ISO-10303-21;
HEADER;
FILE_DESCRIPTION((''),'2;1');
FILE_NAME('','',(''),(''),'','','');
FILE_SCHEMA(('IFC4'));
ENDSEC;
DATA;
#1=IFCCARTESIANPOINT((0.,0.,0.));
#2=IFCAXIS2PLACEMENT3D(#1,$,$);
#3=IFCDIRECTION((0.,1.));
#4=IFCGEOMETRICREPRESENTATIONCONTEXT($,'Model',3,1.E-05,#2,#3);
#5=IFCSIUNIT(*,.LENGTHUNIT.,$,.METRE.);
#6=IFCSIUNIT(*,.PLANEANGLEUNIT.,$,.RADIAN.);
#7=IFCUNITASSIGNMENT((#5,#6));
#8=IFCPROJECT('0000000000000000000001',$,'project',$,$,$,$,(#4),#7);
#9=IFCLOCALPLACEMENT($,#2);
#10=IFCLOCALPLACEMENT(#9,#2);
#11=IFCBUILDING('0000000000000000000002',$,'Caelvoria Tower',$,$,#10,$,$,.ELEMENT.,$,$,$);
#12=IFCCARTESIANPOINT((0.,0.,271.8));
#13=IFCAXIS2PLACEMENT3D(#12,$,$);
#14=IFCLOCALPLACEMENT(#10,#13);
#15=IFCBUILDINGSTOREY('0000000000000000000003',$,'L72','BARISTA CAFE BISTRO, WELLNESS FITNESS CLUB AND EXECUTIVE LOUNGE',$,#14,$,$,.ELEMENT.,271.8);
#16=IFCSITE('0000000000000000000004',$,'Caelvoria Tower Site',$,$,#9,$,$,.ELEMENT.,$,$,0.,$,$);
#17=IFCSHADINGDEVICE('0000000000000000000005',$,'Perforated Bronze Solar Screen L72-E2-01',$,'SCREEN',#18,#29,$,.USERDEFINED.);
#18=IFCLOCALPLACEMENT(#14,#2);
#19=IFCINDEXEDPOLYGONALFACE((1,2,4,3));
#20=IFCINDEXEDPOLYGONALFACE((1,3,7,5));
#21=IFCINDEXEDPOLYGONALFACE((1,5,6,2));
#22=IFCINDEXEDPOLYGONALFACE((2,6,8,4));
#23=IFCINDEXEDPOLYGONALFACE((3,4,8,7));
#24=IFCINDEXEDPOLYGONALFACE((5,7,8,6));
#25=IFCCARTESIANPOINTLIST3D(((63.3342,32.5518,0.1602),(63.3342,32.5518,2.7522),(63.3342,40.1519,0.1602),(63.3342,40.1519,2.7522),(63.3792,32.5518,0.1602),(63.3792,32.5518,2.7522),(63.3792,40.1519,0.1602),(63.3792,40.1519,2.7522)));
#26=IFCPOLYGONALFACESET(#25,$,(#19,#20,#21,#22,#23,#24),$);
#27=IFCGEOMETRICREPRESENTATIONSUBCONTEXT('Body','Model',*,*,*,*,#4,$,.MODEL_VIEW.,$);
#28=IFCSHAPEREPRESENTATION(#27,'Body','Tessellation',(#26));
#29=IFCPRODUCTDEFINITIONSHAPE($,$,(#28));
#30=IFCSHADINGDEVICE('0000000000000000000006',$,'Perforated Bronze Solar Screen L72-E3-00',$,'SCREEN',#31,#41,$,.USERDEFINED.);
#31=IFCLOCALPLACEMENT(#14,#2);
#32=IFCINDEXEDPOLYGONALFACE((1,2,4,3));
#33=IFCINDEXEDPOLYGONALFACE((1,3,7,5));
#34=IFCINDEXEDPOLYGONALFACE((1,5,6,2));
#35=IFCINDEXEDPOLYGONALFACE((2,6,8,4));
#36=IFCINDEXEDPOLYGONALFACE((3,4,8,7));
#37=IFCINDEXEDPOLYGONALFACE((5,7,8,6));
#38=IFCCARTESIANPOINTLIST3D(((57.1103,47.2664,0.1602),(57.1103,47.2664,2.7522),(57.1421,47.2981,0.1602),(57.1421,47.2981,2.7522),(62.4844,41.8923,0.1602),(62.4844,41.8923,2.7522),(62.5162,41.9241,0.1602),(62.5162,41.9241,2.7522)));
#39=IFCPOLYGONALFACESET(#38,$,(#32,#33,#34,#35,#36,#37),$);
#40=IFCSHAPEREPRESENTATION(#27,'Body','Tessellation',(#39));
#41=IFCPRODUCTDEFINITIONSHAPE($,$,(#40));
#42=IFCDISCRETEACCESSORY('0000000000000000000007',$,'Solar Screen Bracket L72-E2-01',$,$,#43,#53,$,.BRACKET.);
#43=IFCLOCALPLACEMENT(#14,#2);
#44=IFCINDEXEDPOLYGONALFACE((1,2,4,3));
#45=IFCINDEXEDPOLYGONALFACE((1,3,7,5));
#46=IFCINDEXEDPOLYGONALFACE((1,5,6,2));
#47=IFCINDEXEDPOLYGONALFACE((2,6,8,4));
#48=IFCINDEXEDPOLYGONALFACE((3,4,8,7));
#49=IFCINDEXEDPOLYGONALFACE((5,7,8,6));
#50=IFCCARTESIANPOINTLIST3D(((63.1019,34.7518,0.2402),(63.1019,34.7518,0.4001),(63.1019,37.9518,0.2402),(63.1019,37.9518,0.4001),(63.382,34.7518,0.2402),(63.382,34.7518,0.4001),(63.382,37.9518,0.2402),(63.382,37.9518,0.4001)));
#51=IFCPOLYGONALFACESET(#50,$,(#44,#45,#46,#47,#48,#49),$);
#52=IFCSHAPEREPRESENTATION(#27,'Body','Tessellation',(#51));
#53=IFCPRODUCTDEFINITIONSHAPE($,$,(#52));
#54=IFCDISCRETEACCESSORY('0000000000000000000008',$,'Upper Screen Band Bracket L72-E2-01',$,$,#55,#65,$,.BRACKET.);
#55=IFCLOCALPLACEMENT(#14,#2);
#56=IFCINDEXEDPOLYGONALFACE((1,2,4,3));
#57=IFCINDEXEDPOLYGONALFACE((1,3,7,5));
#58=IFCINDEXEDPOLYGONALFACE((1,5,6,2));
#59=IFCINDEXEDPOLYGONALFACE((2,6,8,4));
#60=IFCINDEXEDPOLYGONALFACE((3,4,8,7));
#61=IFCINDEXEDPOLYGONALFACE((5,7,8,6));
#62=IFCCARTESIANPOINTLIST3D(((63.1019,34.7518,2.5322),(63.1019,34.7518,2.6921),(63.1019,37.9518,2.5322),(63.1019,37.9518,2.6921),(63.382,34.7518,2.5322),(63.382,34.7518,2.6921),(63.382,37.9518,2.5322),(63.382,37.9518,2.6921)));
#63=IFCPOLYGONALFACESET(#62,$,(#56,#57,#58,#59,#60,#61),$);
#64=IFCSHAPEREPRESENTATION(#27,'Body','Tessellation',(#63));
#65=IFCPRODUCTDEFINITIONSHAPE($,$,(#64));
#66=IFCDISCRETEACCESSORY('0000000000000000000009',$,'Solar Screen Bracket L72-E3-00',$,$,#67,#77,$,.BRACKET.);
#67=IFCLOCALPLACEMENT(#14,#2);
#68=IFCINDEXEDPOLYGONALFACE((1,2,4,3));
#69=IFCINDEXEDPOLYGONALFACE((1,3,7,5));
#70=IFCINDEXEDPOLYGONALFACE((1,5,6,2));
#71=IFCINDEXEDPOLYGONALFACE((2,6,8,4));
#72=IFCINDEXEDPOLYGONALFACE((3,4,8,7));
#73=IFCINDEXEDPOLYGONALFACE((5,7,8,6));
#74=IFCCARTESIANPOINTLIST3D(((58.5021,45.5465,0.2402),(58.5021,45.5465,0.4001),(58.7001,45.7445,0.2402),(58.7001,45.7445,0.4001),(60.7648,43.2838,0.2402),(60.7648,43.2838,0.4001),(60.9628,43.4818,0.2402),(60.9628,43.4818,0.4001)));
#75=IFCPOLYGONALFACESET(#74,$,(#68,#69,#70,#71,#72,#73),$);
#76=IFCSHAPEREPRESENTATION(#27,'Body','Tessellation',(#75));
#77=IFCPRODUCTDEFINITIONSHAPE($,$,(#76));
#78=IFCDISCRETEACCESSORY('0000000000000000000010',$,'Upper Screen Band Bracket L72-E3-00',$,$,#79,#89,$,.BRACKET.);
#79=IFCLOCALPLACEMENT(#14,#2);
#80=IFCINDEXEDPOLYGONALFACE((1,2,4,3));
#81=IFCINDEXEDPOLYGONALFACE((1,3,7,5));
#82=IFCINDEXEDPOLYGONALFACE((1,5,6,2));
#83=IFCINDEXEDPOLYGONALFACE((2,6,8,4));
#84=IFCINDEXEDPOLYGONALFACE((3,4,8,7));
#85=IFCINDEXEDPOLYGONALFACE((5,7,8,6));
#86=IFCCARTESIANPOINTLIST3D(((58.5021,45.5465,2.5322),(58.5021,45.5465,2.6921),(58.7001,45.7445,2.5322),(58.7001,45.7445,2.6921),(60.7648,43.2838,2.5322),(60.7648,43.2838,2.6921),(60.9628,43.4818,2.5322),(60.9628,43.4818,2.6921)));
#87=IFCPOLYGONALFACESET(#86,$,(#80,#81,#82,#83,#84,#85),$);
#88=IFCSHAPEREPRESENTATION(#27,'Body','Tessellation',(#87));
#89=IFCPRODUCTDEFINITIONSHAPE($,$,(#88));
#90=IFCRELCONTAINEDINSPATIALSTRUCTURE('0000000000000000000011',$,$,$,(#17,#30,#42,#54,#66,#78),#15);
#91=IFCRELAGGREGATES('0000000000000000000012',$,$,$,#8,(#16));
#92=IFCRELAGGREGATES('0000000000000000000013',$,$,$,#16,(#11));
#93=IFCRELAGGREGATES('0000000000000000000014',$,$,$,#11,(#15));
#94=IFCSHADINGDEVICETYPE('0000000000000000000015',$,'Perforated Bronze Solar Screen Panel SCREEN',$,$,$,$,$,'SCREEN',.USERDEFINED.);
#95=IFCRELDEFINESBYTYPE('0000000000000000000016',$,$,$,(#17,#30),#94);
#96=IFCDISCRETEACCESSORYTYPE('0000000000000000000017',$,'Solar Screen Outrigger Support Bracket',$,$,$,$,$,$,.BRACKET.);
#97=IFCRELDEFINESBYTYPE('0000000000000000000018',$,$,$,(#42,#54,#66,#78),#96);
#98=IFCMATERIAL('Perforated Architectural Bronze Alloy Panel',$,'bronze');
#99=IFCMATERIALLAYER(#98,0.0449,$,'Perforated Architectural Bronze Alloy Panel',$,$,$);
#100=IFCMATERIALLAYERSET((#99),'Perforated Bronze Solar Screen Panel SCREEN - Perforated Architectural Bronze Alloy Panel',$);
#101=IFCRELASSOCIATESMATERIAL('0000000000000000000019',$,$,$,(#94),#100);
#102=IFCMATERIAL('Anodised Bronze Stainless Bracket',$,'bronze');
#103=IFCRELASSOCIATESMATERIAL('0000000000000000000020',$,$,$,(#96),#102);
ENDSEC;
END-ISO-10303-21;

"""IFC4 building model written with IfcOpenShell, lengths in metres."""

from ifc_helpers import new_model, si_unit, direction, frame, origin, origin_2d, place, context, subcontext, project, spatial, rectangle, extrude, material, layer, layer_set, type_object, element, save


model = new_model("IFC4")

# Units and contexts
model_context = context("Model", 3, precision=1e-05, world=origin(), true_north=direction((0.0, 1.0)))
body_context = subcontext(model_context, "Body", "Model", "MODEL_VIEW")
ifc_project = project(units=[si_unit("LENGTHUNIT", "METRE"), si_unit("PLANEANGLEUNIT", "RADIAN")], contexts=[model_context])

# Site, building, storey
site_placement = place(None, origin())
site = spatial("IfcSite", under=ifc_project, at=site_placement, Name="Caelvoria Tower Site", CompositionType="ELEMENT", RefElevation=0.0)
building_placement = place(site_placement, origin())
building = spatial("IfcBuilding", under=site, at=building_placement, Name="Caelvoria Tower", CompositionType="ELEMENT")
storey_placement = place(building_placement, frame((0.0, 0.0, 271.8)))
storey = spatial("IfcBuildingStorey", under=building, at=storey_placement, Name="L72", Description="BARISTA CAFE BISTRO, WELLNESS FITNESS CLUB AND EXECUTIVE LOUNGE", CompositionType="ELEMENT", Elevation=271.8)

# Shading devices
ifc_material_1 = material(Name="Perforated Architectural Bronze Alloy Panel", Category="bronze")
ifc_layer_1 = layer(ifc_material_1, 0.0449, Name="Perforated Architectural Bronze Alloy Panel")
ifc_layer_set_1 = layer_set([ifc_layer_1], Name="Perforated Bronze Solar Screen Panel SCREEN - Perforated Architectural Bronze Alloy Panel")
shading_device_type = type_object("IfcShadingDeviceType", Name="Perforated Bronze Solar Screen Panel SCREEN", ElementType="SCREEN", PredefinedType="USERDEFINED", material=ifc_layer_set_1)
for number, where, z_axis, x_axis, name in (
    (1, (63.3567, 36.3518, 0.1602), (0.0, 0.0, 1.0), (0.0, 1.0, 0.0), "Perforated Bronze Solar Screen L72-E2-01"),
    (2, (59.8132, 44.5952, 0.1602), (0.0, 0.0, 1.0), (-0.707107, 0.707107, 0.0), "Perforated Bronze Solar Screen L72-E3-00"),
):
    element("IfcShadingDevice", number, at=place(storey_placement, frame(where, z_axis=z_axis, x_axis=x_axis)), inside=storey, type_object=shading_device_type, Name=name, ObjectType="SCREEN", PredefinedType="USERDEFINED", context=body_context, shape_type="SweptSolid", body=[
        extrude(rectangle(XDim=7.6001, YDim=0.0449, at=origin_2d()), origin(), (0.0, 0.0, 1.0), 2.592),
    ])

# Discrete accessories
ifc_material_2 = material(Name="Anodised Bronze Stainless Bracket", Category="bronze")
discrete_accessory_type = type_object("IfcDiscreteAccessoryType", Name="Solar Screen Outrigger Support Bracket", PredefinedType="BRACKET", material=ifc_material_2)
for number, where, z_axis, x_axis, name in (
    (3, (63.2419, 36.3518, 0.2402), (0.0, 0.0, 1.0), (0.0, 1.0, 0.0), "Solar Screen Bracket L72-E2-01"),
    (4, (63.2419, 36.3518, 2.5322), (0.0, 0.0, 1.0), (0.0, 1.0, 0.0), "Upper Screen Band Bracket L72-E2-01"),
    (5, (59.7324, 44.5142, 0.2402), (0.0, 0.0, 1.0), (-0.707107, 0.707107, 0.0), "Solar Screen Bracket L72-E3-00"),
    (6, (59.7324, 44.5142, 2.5322), (0.0, 0.0, 1.0), (-0.707107, 0.707107, 0.0), "Upper Screen Band Bracket L72-E3-00"),
):
    element("IfcDiscreteAccessory", number, at=place(storey_placement, frame(where, z_axis=z_axis, x_axis=x_axis)), inside=storey, type_object=discrete_accessory_type, Name=name, PredefinedType="BRACKET", context=body_context, shape_type="SweptSolid", body=[
        extrude(rectangle(XDim=3.2, YDim=0.28, at=origin_2d()), origin(), (0.0, 0.0, 1.0), 0.1599),
    ])

save(model, "model.ifc")
